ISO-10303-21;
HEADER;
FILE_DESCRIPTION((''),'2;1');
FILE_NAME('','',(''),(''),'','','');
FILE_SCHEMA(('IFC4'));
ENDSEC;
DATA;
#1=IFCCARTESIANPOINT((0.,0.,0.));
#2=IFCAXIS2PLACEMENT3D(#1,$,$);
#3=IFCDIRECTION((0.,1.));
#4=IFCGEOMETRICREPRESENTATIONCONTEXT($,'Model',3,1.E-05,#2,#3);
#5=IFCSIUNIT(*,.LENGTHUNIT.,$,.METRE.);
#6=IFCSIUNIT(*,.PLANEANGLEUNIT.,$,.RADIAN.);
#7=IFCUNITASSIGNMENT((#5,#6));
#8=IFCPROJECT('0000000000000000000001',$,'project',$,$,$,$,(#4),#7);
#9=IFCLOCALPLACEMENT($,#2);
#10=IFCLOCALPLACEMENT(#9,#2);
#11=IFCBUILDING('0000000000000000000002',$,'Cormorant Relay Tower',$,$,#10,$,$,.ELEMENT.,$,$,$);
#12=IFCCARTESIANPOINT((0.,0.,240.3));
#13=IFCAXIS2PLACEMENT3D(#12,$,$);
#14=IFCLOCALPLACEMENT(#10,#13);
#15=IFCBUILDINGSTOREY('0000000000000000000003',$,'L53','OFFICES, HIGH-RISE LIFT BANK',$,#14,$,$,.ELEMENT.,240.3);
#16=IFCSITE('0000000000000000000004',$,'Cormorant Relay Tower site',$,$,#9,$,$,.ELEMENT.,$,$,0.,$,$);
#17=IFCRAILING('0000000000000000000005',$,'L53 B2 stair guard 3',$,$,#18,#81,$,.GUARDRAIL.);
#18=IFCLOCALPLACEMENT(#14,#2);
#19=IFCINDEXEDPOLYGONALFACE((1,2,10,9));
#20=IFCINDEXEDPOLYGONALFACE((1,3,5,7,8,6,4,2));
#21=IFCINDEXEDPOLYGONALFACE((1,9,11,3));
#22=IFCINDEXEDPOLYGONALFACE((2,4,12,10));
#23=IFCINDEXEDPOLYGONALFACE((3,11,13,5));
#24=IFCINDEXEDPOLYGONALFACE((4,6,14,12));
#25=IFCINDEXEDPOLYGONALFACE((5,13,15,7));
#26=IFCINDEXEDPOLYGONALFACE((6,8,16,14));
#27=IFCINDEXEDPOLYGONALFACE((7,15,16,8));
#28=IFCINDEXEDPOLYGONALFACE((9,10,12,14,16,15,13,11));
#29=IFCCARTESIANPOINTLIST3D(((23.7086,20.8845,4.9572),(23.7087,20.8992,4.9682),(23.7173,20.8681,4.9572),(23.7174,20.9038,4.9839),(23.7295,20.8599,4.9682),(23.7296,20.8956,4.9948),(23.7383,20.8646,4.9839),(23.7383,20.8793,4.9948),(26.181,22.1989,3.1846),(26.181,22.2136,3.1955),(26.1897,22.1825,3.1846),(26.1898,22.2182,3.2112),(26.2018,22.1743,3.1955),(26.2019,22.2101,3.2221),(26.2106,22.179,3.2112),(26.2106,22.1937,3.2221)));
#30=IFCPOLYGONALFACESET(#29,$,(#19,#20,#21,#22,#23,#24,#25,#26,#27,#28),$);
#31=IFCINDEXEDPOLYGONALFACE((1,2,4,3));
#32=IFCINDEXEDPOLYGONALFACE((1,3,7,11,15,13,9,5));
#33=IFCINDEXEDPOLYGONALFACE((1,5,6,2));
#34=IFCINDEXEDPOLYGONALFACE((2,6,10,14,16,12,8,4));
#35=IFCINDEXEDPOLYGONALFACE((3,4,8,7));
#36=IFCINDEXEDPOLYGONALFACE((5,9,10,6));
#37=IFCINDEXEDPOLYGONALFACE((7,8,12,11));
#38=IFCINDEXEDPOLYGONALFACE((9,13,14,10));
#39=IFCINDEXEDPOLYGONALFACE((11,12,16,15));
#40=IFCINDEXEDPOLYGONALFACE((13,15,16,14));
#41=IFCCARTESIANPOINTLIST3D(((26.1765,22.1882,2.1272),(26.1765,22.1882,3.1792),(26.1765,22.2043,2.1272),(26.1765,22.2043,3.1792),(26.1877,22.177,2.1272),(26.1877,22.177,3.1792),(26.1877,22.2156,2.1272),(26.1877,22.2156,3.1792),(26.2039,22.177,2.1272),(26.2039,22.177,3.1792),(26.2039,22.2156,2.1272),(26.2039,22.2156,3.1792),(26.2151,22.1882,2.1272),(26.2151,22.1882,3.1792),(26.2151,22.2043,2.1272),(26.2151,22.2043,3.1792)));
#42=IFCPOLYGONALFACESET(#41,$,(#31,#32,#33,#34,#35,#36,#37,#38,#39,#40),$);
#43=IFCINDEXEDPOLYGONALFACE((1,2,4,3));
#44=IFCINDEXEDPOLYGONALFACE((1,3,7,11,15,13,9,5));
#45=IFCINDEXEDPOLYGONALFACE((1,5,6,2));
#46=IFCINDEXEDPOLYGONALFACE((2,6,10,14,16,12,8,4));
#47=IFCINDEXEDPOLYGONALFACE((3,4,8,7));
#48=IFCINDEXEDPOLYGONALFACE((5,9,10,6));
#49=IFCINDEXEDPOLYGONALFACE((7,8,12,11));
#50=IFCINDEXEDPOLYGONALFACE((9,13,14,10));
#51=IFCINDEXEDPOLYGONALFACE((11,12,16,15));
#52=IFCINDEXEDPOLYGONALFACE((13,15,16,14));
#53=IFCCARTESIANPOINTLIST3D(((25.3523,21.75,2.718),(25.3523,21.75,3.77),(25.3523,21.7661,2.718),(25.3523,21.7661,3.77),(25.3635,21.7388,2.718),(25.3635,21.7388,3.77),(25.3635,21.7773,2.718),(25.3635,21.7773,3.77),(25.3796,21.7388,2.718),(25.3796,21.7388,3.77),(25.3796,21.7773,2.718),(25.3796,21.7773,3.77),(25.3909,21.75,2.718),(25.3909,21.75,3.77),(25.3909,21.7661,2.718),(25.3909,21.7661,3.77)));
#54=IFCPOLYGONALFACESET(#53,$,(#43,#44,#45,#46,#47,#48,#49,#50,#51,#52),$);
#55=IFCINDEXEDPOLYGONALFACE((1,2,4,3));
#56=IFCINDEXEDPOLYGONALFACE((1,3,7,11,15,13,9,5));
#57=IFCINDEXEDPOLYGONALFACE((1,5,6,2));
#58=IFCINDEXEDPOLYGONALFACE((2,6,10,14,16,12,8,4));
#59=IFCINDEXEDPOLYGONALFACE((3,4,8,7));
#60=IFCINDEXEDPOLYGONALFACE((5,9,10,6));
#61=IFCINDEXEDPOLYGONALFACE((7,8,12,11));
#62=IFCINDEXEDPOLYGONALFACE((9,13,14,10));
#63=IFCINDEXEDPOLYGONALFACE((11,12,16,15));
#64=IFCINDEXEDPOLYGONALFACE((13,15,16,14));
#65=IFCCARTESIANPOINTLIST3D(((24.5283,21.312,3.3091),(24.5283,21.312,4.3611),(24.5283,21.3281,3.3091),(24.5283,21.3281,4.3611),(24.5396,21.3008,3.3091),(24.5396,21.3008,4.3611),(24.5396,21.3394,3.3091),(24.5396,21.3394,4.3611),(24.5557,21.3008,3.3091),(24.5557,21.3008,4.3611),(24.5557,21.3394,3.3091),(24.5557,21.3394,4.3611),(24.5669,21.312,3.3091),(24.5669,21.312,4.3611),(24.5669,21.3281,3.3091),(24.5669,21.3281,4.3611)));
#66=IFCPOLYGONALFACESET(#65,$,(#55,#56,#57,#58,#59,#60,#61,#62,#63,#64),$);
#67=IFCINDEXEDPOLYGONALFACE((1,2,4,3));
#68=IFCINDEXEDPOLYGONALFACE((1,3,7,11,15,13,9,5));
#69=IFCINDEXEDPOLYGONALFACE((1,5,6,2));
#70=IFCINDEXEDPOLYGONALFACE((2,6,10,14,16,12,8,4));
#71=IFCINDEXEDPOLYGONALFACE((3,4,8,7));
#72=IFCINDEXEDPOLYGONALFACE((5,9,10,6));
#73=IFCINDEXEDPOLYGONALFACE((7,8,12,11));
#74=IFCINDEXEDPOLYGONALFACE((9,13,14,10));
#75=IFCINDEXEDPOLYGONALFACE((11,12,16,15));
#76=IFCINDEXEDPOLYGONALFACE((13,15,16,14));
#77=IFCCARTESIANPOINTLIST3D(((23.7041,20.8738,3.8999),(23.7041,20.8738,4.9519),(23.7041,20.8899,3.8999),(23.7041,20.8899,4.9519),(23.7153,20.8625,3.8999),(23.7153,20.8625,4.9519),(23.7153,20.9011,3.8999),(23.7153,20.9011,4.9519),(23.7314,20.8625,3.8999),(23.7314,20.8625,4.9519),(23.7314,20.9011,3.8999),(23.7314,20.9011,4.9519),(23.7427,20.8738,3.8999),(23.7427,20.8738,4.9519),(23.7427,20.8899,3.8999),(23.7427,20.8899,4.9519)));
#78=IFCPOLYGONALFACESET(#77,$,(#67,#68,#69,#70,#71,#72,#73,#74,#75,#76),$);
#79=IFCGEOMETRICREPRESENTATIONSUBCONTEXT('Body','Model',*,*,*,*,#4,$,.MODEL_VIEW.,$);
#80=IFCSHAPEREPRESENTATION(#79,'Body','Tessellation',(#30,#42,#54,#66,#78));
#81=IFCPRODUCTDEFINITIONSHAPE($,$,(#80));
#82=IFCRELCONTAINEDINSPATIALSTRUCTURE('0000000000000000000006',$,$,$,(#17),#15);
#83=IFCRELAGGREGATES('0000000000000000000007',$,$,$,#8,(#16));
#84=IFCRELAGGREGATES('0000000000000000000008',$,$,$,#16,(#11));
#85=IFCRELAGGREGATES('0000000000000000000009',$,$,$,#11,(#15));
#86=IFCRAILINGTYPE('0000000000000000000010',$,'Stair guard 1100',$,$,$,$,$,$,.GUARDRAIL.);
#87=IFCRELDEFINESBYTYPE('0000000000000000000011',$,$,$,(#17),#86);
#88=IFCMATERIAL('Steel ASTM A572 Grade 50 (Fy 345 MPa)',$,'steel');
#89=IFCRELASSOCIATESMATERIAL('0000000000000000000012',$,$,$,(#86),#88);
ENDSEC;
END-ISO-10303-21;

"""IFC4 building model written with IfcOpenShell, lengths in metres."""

from ifc_helpers import new_model, si_unit, direction, frame, origin, place, context, subcontext, project, spatial, polyline, outline, extrude, material, type_object, element, save


model = new_model("IFC4")

# Units and contexts
model_context = context("Model", 3, precision=1e-05, world=origin(), true_north=direction((0.0, 1.0)))
body_context = subcontext(model_context, "Body", "Model", "MODEL_VIEW")
ifc_project = project(units=[si_unit("LENGTHUNIT", "METRE"), si_unit("PLANEANGLEUNIT", "RADIAN")], contexts=[model_context])

# Site, building, storey
site_placement = place(None, origin())
site = spatial("IfcSite", under=ifc_project, at=site_placement, Name="Cormorant Relay Tower site", CompositionType="ELEMENT", RefElevation=0.0)
building_placement = place(site_placement, origin())
building = spatial("IfcBuilding", under=site, at=building_placement, Name="Cormorant Relay Tower", CompositionType="ELEMENT")
storey_placement = place(building_placement, frame((0.0, 0.0, 240.3)))
storey = spatial("IfcBuildingStorey", under=building, at=storey_placement, Name="L53", Description="OFFICES, HIGH-RISE LIFT BANK", CompositionType="ELEMENT", Elevation=240.3)

# Railing
ifc_material_1 = material(Name="Steel ASTM A572 Grade 50 (Fy 345 MPa)", Category="steel")
railing_type = type_object("IfcRailingType", Name="Stair guard 1100", PredefinedType="GUARDRAIL", material=ifc_material_1)
railing_1_placement = place(storey_placement, frame((26.1958, 22.1963, 2.1272)))
element("IfcRailing", 1, at=railing_1_placement, inside=storey, type_object=railing_type, Name="L53 B2 stair guard 3", PredefinedType="GUARDRAIL", context=body_context, shape_type="SweptSolid", body=[
    extrude(outline(polyline([(0.0222, 0.0093), (0.0093, 0.0222), (-0.0093, 0.0222), (-0.0222, 0.0093), (-0.0222, -0.0093), (-0.0093, -0.0222), (0.0093, -0.0222), (0.0222, -0.0093), (0.0222, 0.0093)])), frame((0.0, 0.0, 1.0762), z_axis=(-0.746034, -0.396627, 0.534902), x_axis=(0.469429, -0.88297, 0.0)), (0.0, 0.0, 1.0), 3.314),
    extrude(outline(polyline([(0.0193, 0.0081), (0.0081, 0.0193), (-0.0081, 0.0193), (-0.0193, 0.0081), (-0.0193, -0.0081), (-0.0081, -0.0193), (0.0081, -0.0193), (0.0193, -0.0081), (0.0193, 0.0081)])), origin(), (0.0, 0.0, 1.0), 1.052),
    extrude(outline(polyline([(0.0193, 0.0081), (0.0081, 0.0193), (-0.0081, 0.0193), (-0.0193, 0.0081), (-0.0193, -0.0081), (-0.0081, -0.0193), (0.0081, -0.0193), (0.0193, -0.0081), (0.0193, 0.0081)])), frame((-0.8242, -0.4382, 0.5908)), (0.0, 0.0, 1.0), 1.052),
    extrude(outline(polyline([(0.0193, 0.0081), (0.0081, 0.0193), (-0.0081, 0.0193), (-0.0193, 0.0081), (-0.0193, -0.0081), (-0.0081, -0.0193), (0.0081, -0.0193), (0.0193, -0.0081), (0.0193, 0.0081)])), frame((-1.6482, -0.8762, 1.1819)), (0.0, 0.0, 1.0), 1.052),
    extrude(outline(polyline([(0.0193, 0.0081), (0.0081, 0.0193), (-0.0081, 0.0193), (-0.0193, 0.0081), (-0.0193, -0.0081), (-0.0081, -0.0193), (0.0081, -0.0193), (0.0193, -0.0081), (0.0193, 0.0081)])), frame((-2.4724, -1.3145, 1.7727)), (0.0, 0.0, 1.0), 1.052),
])

save(model, "model.ifc")
